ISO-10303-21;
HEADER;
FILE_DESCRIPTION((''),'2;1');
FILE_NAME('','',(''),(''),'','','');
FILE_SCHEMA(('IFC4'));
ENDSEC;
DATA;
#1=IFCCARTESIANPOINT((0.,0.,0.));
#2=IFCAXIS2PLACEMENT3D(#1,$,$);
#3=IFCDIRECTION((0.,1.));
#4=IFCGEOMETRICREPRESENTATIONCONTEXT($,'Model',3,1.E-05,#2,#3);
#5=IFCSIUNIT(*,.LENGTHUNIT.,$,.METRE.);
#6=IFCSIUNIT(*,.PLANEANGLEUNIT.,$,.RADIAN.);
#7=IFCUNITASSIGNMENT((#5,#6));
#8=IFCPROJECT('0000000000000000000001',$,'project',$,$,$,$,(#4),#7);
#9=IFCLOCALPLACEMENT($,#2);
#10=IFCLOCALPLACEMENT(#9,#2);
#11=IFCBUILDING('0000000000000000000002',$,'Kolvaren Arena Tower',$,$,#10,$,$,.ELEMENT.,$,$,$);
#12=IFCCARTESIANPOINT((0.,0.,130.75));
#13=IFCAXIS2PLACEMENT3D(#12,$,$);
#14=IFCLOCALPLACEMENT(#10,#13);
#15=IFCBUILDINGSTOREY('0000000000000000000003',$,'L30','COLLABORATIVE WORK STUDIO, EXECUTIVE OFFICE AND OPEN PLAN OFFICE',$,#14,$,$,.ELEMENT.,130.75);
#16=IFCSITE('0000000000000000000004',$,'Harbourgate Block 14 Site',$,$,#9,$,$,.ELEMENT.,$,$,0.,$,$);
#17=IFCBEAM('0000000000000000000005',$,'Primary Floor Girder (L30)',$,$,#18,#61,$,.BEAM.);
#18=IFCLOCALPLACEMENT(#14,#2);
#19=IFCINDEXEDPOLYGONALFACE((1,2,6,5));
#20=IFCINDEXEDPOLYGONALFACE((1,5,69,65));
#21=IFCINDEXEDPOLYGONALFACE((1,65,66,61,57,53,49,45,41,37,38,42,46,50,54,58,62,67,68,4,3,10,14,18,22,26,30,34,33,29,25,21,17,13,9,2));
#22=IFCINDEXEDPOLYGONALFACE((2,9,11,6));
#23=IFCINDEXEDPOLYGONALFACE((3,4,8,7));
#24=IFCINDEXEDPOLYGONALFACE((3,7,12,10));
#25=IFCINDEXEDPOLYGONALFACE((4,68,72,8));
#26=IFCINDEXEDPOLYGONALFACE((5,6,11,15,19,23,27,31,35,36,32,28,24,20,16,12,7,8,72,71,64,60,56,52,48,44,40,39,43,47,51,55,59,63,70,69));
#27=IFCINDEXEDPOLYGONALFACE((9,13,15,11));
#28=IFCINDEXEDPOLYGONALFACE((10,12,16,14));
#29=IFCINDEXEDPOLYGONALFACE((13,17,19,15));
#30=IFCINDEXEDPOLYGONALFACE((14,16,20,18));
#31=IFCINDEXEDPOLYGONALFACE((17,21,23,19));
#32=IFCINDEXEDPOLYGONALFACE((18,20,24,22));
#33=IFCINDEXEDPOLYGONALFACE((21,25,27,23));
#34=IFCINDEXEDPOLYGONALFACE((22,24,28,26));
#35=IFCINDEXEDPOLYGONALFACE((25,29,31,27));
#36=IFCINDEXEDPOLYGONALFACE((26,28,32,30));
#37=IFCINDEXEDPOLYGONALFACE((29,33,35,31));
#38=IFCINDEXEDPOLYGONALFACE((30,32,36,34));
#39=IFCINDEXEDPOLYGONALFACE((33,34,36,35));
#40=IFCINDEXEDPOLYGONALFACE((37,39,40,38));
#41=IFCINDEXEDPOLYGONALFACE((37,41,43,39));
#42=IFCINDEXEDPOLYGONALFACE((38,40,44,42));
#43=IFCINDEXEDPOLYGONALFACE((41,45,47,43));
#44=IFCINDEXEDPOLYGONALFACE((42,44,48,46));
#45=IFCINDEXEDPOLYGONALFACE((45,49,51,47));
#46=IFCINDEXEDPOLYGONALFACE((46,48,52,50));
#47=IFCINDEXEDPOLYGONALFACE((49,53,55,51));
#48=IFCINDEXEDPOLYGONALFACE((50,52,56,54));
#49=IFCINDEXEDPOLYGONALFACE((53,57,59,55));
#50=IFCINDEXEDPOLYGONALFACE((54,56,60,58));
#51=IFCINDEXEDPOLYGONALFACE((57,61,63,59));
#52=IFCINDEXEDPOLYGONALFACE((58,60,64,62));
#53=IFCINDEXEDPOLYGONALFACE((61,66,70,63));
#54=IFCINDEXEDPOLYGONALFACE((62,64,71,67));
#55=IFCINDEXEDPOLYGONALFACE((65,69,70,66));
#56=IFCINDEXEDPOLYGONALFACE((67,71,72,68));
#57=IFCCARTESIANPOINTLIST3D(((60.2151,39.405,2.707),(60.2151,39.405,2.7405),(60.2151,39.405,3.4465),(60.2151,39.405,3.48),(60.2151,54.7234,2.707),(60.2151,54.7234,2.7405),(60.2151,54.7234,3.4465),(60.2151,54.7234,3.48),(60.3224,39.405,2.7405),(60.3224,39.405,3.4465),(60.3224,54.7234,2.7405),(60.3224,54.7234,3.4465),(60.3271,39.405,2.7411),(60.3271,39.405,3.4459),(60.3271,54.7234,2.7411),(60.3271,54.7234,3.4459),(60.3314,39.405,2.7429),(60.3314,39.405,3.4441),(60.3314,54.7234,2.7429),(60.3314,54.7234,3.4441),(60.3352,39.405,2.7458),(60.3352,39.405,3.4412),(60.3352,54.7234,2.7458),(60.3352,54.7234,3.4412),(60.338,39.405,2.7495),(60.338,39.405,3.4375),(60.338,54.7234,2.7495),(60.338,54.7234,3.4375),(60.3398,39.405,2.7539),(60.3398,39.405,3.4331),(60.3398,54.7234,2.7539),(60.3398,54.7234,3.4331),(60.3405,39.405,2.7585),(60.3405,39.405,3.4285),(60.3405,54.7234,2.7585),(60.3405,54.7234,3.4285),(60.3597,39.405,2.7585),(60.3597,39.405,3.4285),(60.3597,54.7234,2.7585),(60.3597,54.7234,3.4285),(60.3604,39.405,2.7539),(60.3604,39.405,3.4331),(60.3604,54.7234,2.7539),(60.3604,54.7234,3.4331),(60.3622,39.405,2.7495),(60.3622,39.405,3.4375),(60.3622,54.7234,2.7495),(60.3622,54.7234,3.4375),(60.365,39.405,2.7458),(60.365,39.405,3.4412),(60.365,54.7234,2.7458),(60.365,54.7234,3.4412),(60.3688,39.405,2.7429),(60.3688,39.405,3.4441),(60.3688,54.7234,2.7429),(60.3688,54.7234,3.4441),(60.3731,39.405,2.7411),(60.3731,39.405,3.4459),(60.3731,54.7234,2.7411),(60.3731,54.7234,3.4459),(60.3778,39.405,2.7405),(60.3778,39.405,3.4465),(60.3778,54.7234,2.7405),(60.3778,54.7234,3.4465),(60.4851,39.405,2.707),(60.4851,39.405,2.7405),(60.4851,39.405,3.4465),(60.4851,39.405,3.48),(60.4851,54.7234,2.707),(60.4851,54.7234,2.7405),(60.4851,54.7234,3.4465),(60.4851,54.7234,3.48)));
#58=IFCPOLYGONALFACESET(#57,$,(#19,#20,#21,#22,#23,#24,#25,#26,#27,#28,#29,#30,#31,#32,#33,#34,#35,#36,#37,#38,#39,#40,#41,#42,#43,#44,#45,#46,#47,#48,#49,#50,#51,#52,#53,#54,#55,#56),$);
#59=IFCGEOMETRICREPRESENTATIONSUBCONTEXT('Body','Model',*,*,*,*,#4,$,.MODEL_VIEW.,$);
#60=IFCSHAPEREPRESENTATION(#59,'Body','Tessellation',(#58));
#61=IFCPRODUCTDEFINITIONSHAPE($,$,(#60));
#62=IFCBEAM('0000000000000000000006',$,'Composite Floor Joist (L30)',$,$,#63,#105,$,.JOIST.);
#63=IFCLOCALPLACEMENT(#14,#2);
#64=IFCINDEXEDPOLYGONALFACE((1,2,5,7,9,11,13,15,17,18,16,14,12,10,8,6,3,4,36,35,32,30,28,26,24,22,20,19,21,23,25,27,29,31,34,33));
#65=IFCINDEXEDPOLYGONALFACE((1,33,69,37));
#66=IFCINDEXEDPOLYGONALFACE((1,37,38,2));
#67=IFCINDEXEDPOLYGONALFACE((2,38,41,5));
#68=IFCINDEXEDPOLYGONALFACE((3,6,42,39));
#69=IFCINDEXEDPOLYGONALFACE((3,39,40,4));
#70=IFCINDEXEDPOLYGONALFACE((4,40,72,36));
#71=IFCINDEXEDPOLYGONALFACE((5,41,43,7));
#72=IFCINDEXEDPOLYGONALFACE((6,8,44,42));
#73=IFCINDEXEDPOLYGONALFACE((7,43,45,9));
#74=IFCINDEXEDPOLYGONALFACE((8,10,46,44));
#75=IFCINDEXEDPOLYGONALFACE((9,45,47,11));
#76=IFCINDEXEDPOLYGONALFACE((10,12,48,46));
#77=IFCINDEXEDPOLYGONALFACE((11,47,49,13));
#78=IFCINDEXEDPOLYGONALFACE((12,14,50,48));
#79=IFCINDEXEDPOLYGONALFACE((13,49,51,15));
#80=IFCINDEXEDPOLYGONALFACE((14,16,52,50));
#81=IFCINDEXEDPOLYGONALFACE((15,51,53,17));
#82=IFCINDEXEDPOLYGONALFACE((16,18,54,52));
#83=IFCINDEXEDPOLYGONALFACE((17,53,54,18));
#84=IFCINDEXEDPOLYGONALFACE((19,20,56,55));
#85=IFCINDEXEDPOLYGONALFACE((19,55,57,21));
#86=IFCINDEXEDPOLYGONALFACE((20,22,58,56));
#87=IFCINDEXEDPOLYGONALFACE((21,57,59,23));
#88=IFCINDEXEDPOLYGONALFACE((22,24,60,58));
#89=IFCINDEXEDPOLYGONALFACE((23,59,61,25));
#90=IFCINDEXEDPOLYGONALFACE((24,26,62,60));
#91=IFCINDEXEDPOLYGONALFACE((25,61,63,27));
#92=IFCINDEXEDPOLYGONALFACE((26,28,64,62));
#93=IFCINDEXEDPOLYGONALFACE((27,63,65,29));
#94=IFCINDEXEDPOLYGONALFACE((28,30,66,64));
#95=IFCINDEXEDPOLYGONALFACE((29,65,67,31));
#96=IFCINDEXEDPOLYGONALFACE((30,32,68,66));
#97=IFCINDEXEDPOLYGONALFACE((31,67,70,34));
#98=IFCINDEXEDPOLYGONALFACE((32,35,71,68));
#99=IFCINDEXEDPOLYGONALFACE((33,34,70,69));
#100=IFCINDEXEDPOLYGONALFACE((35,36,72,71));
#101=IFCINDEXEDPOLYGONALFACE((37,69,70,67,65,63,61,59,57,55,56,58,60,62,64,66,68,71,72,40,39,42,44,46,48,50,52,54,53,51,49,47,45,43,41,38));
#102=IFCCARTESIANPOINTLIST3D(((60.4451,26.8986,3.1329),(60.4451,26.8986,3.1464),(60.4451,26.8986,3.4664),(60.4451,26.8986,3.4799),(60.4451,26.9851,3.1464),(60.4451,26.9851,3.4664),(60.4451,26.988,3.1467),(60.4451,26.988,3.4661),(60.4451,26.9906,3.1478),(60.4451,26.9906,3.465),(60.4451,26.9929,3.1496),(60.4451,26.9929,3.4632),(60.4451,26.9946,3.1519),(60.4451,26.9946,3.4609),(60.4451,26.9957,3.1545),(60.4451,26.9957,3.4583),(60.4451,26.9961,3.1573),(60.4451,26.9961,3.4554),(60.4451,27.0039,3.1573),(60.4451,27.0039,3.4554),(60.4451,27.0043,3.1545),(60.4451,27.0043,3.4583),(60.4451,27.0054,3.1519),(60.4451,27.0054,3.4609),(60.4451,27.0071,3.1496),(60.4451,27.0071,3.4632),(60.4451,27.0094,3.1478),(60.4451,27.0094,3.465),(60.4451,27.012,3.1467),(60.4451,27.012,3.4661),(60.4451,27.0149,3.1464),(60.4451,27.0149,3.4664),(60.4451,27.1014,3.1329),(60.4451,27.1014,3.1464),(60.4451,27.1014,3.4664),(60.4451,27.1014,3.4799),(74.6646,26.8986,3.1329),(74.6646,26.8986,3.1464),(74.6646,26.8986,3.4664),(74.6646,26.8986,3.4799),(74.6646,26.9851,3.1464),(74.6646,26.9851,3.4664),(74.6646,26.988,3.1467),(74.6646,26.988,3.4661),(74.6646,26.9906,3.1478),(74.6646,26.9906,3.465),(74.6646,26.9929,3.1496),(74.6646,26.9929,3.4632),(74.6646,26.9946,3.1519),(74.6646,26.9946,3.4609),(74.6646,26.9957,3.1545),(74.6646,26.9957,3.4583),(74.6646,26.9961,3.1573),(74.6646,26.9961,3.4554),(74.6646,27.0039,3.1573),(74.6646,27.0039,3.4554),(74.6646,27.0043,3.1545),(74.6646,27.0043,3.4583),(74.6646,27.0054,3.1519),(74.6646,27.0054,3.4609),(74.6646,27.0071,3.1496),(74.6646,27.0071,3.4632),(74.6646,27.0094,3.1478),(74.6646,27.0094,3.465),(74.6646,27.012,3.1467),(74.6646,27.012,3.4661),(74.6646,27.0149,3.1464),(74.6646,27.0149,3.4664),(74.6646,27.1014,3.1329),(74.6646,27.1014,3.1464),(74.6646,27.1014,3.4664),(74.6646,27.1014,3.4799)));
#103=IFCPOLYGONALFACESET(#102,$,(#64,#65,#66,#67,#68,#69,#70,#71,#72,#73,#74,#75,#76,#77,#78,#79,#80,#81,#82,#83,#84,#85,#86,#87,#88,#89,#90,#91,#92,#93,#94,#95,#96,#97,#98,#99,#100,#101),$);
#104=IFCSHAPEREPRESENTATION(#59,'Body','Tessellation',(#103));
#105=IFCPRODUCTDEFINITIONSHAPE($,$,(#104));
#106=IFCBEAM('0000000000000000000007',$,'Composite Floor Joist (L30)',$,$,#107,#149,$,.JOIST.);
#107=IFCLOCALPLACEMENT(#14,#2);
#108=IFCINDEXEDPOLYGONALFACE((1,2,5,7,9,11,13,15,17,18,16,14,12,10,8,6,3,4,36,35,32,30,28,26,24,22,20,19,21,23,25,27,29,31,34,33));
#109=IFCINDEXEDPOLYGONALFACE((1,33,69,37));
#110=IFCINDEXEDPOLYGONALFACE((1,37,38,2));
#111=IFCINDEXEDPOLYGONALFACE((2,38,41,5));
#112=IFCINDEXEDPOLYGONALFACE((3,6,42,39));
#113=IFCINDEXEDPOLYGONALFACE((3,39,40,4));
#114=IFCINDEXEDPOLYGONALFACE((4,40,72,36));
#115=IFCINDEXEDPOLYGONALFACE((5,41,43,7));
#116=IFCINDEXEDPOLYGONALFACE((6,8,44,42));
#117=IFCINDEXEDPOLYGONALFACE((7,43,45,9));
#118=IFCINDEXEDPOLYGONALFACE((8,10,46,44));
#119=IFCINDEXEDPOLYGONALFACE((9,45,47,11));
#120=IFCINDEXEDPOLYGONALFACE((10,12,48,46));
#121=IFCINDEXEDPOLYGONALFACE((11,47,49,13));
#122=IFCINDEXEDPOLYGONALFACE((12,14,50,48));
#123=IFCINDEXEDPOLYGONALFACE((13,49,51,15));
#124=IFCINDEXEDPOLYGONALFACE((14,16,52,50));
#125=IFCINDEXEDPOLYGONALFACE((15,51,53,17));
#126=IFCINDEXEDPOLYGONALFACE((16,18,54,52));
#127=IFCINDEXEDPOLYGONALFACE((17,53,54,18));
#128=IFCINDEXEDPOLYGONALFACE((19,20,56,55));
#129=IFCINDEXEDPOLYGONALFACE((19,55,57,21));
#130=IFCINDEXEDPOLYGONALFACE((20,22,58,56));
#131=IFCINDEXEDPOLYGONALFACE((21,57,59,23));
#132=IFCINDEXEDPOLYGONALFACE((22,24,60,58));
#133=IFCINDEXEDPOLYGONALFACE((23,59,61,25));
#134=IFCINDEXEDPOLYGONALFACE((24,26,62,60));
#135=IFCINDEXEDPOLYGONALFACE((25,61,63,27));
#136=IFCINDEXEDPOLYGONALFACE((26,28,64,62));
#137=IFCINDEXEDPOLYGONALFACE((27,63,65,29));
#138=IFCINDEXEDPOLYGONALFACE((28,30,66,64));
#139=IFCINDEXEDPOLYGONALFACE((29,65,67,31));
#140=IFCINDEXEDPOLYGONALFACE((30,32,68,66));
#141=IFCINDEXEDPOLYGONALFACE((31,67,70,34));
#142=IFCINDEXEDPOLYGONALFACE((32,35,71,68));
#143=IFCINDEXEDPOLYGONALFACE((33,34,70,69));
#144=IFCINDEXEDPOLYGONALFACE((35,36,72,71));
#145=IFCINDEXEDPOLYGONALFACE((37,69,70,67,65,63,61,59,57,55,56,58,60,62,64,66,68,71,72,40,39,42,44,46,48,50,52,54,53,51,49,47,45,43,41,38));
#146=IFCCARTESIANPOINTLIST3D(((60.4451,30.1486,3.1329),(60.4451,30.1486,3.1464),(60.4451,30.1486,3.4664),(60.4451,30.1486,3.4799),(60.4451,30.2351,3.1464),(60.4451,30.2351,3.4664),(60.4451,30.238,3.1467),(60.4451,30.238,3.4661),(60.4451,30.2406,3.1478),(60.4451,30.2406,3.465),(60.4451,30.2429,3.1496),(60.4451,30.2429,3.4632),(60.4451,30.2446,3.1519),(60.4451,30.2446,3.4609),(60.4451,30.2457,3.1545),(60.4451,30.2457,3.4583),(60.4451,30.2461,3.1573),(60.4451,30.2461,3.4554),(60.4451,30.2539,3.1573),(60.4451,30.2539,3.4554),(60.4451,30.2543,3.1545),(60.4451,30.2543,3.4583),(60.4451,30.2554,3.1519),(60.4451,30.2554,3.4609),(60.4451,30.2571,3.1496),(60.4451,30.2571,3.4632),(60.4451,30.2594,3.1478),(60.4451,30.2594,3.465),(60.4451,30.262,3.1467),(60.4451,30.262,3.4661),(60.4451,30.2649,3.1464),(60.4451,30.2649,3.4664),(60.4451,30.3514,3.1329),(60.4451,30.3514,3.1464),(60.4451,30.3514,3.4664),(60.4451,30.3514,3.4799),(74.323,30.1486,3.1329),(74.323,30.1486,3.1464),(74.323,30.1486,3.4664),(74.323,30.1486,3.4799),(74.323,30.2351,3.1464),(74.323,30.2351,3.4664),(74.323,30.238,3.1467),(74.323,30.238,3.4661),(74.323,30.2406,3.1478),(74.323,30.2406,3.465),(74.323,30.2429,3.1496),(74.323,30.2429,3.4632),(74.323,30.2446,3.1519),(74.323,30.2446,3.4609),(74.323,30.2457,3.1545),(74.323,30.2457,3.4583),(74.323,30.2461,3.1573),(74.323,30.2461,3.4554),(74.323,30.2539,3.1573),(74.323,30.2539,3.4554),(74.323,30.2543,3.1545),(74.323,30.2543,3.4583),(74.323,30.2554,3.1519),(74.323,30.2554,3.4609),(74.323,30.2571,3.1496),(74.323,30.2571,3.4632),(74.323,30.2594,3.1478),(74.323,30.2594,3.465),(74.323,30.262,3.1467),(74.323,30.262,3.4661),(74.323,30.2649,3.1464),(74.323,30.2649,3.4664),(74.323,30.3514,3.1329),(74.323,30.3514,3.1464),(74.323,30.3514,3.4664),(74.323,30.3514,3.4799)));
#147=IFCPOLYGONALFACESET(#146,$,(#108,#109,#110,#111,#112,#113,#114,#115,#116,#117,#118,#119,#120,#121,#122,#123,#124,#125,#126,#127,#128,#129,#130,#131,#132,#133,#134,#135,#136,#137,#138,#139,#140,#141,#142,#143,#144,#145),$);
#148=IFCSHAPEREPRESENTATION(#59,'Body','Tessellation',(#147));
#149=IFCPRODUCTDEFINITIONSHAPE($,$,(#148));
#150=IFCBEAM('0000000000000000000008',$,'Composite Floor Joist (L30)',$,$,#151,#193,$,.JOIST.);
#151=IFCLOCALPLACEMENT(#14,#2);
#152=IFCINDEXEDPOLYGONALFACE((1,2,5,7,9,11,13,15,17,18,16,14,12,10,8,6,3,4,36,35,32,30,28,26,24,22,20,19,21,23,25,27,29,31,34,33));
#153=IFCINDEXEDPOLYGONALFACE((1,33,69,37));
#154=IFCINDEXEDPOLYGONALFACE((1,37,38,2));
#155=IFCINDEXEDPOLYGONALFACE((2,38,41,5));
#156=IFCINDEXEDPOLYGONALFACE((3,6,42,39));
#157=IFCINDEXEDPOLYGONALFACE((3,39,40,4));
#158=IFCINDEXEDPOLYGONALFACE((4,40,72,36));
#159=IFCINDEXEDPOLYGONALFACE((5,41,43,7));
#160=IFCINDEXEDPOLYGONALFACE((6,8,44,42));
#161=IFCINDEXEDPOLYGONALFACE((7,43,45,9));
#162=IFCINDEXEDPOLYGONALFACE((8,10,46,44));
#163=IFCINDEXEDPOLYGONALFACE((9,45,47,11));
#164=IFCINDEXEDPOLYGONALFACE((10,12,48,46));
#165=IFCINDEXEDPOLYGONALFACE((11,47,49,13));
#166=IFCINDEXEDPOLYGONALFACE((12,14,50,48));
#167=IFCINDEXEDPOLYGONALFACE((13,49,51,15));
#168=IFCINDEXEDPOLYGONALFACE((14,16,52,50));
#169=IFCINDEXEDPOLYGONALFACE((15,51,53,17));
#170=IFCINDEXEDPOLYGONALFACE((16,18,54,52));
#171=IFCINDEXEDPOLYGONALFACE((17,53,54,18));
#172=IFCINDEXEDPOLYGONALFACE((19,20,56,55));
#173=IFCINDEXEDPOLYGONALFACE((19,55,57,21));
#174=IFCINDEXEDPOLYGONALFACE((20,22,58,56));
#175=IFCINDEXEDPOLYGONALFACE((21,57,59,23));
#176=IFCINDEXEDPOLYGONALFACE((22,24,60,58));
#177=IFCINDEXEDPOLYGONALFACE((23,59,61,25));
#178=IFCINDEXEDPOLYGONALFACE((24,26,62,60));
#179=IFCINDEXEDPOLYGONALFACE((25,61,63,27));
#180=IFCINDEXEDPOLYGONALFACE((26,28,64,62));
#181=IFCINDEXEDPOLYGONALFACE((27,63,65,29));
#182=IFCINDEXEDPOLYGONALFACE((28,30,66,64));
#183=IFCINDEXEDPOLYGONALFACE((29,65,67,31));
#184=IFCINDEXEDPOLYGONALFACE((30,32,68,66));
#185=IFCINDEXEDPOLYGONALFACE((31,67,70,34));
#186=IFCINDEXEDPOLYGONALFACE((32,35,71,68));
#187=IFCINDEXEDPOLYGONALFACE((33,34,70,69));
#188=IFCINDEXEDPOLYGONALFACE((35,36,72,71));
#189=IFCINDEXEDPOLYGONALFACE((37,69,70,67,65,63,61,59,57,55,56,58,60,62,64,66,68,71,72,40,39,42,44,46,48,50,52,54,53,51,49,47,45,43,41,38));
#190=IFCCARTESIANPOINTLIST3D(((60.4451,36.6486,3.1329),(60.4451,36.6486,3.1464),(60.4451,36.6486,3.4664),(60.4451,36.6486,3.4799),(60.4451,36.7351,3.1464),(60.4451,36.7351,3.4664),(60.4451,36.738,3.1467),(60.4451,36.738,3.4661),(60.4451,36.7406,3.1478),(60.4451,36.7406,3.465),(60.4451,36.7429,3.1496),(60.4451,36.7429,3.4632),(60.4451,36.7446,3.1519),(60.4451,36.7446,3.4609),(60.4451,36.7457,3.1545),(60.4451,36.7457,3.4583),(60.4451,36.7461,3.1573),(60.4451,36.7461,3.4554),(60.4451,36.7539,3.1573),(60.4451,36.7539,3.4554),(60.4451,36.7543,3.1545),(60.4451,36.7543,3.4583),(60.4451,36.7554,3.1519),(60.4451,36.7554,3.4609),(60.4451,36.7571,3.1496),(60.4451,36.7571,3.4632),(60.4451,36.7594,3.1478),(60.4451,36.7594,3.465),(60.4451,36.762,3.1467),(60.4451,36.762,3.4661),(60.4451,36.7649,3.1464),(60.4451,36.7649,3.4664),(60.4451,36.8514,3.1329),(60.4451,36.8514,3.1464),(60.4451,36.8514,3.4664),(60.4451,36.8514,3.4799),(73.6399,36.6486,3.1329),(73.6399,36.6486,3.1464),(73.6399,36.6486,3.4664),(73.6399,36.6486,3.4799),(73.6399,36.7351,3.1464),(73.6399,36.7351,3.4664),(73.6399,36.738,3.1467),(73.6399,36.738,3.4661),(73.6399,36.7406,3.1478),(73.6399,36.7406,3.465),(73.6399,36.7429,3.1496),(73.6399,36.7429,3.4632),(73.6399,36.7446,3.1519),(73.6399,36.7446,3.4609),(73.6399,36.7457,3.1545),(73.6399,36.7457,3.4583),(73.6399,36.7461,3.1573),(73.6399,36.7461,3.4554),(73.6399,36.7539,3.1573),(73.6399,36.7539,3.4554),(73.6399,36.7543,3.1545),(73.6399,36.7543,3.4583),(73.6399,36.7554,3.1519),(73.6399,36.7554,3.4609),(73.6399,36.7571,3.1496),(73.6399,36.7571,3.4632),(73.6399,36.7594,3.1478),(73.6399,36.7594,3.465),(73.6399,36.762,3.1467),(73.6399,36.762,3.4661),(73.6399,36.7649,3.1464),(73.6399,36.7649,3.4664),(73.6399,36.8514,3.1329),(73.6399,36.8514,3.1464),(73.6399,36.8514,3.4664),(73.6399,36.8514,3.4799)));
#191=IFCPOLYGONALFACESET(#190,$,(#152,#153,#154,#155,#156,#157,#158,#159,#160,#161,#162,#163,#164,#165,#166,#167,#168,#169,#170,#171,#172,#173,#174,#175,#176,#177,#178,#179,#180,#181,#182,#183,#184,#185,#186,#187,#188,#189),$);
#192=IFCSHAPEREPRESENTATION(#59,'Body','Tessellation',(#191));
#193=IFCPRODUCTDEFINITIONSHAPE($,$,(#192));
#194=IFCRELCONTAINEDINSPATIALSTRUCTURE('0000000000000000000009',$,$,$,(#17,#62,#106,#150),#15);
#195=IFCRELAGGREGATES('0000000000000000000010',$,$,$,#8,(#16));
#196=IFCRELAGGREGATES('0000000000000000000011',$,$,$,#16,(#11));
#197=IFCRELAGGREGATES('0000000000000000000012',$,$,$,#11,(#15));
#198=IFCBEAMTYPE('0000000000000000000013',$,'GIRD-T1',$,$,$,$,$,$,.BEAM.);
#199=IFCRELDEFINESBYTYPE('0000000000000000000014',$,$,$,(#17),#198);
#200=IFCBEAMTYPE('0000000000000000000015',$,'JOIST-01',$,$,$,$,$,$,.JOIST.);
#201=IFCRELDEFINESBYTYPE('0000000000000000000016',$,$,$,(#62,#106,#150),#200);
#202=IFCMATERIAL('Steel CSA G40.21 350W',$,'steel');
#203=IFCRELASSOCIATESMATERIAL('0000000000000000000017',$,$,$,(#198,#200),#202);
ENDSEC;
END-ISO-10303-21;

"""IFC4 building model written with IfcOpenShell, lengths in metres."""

from ifc_helpers import new_model, si_unit, direction, frame, origin, origin_2d, place, context, subcontext, project, spatial, i_section, extrude, material, material_profile, profile_set, type_object, element, save


model = new_model("IFC4")

# Units and contexts
model_context = context("Model", 3, precision=1e-05, world=origin(), true_north=direction((0.0, 1.0)))
body_context = subcontext(model_context, "Body", "Model", "MODEL_VIEW")
ifc_project = project(units=[si_unit("LENGTHUNIT", "METRE"), si_unit("PLANEANGLEUNIT", "RADIAN")], contexts=[model_context])

# Site, building, storey
site_placement = place(None, origin())
site = spatial("IfcSite", under=ifc_project, at=site_placement, Name="Harbourgate Block 14 Site", CompositionType="ELEMENT", RefElevation=0.0)
building_placement = place(site_placement, origin())
building = spatial("IfcBuilding", under=site, at=building_placement, Name="Kolvaren Arena Tower", CompositionType="ELEMENT")
storey_placement = place(building_placement, frame((0.0, 0.0, 130.75)))
storey = spatial("IfcBuildingStorey", under=building, at=storey_placement, Name="L30", Description="COLLABORATIVE WORK STUDIO, EXECUTIVE OFFICE AND OPEN PLAN OFFICE", CompositionType="ELEMENT", Elevation=130.75)

# Beams
ifc_material_1 = material(Name="Steel CSA G40.21 350W", Category="steel")
ifc_material_profile_1 = material_profile(ifc_material_1, i_section(OverallWidth=0.27, OverallDepth=0.7729, WebThickness=0.0193, FlangeThickness=0.0334, FilletRadius=0.0181, at=origin_2d()), Name="W760x257")
ifc_profile_set_1 = profile_set([ifc_material_profile_1], Name="Steel CSA G40.21 350W")
beam_type_1 = type_object("IfcBeamType", Name="GIRD-T1", PredefinedType="BEAM", material=ifc_profile_set_1)
beam_1_placement = place(storey_placement, frame((60.3501, 39.405, 3.0935), z_axis=(0.0, 1.0, 0.0), x_axis=(-1.0, 0.0, 0.0)))
element("IfcBeam", 1, at=beam_1_placement, inside=storey, type_object=beam_type_1, Name="Primary Floor Girder (L30)", PredefinedType="BEAM", context=body_context, shape_type="SweptSolid", body=[
    extrude(i_section(OverallWidth=0.27, OverallDepth=0.7729, WebThickness=0.0193, FlangeThickness=0.0334, FilletRadius=0.0181, at=origin_2d()), origin(), (0.0, 0.0, 1.0), 15.3184),
])
ifc_material_profile_2 = material_profile(ifc_material_1, i_section(OverallWidth=0.2029, OverallDepth=0.3469, WebThickness=0.0078, FlangeThickness=0.0134, FilletRadius=0.011, at=origin_2d()), Name="W360x64")
ifc_profile_set_2 = profile_set([ifc_material_profile_2], Name="Steel CSA G40.21 350W")
beam_type_2 = type_object("IfcBeamType", Name="JOIST-01", PredefinedType="JOIST", material=ifc_profile_set_2)
beam_2_placement = place(storey_placement, frame((60.4451, 27.0, 3.3064), z_axis=(1.0, 0.0, 0.0), x_axis=(0.0, 1.0, 0.0)))
element("IfcBeam", 2, at=beam_2_placement, inside=storey, type_object=beam_type_2, Name="Composite Floor Joist (L30)", PredefinedType="JOIST", context=body_context, shape_type="SweptSolid", body=[
    extrude(i_section(OverallWidth=0.2029, OverallDepth=0.3469, WebThickness=0.0078, FlangeThickness=0.0134, FilletRadius=0.011, at=origin_2d()), origin(), (0.0, 0.0, 1.0), 14.2195),
])
beam_3_placement = place(storey_placement, frame((60.4451, 30.25, 3.3064), z_axis=(1.0, 0.0, 0.0), x_axis=(0.0, 1.0, 0.0)))
element("IfcBeam", 3, at=beam_3_placement, inside=storey, type_object=beam_type_2, Name="Composite Floor Joist (L30)", PredefinedType="JOIST", context=body_context, shape_type="SweptSolid", body=[
    extrude(i_section(OverallWidth=0.2029, OverallDepth=0.3469, WebThickness=0.0078, FlangeThickness=0.0134, FilletRadius=0.011, at=origin_2d()), origin(), (0.0, 0.0, 1.0), 13.8779),
])
beam_4_placement = place(storey_placement, frame((60.4451, 36.75, 3.3064), z_axis=(1.0, 0.0, 0.0), x_axis=(0.0, 1.0, 0.0)))
element("IfcBeam", 4, at=beam_4_placement, inside=storey, type_object=beam_type_2, Name="Composite Floor Joist (L30)", PredefinedType="JOIST", context=body_context, shape_type="SweptSolid", body=[
    extrude(i_section(OverallWidth=0.2029, OverallDepth=0.3469, WebThickness=0.0078, FlangeThickness=0.0134, FilletRadius=0.011, at=origin_2d()), origin(), (0.0, 0.0, 1.0), 13.1948),
])

save(model, "model.ifc")
